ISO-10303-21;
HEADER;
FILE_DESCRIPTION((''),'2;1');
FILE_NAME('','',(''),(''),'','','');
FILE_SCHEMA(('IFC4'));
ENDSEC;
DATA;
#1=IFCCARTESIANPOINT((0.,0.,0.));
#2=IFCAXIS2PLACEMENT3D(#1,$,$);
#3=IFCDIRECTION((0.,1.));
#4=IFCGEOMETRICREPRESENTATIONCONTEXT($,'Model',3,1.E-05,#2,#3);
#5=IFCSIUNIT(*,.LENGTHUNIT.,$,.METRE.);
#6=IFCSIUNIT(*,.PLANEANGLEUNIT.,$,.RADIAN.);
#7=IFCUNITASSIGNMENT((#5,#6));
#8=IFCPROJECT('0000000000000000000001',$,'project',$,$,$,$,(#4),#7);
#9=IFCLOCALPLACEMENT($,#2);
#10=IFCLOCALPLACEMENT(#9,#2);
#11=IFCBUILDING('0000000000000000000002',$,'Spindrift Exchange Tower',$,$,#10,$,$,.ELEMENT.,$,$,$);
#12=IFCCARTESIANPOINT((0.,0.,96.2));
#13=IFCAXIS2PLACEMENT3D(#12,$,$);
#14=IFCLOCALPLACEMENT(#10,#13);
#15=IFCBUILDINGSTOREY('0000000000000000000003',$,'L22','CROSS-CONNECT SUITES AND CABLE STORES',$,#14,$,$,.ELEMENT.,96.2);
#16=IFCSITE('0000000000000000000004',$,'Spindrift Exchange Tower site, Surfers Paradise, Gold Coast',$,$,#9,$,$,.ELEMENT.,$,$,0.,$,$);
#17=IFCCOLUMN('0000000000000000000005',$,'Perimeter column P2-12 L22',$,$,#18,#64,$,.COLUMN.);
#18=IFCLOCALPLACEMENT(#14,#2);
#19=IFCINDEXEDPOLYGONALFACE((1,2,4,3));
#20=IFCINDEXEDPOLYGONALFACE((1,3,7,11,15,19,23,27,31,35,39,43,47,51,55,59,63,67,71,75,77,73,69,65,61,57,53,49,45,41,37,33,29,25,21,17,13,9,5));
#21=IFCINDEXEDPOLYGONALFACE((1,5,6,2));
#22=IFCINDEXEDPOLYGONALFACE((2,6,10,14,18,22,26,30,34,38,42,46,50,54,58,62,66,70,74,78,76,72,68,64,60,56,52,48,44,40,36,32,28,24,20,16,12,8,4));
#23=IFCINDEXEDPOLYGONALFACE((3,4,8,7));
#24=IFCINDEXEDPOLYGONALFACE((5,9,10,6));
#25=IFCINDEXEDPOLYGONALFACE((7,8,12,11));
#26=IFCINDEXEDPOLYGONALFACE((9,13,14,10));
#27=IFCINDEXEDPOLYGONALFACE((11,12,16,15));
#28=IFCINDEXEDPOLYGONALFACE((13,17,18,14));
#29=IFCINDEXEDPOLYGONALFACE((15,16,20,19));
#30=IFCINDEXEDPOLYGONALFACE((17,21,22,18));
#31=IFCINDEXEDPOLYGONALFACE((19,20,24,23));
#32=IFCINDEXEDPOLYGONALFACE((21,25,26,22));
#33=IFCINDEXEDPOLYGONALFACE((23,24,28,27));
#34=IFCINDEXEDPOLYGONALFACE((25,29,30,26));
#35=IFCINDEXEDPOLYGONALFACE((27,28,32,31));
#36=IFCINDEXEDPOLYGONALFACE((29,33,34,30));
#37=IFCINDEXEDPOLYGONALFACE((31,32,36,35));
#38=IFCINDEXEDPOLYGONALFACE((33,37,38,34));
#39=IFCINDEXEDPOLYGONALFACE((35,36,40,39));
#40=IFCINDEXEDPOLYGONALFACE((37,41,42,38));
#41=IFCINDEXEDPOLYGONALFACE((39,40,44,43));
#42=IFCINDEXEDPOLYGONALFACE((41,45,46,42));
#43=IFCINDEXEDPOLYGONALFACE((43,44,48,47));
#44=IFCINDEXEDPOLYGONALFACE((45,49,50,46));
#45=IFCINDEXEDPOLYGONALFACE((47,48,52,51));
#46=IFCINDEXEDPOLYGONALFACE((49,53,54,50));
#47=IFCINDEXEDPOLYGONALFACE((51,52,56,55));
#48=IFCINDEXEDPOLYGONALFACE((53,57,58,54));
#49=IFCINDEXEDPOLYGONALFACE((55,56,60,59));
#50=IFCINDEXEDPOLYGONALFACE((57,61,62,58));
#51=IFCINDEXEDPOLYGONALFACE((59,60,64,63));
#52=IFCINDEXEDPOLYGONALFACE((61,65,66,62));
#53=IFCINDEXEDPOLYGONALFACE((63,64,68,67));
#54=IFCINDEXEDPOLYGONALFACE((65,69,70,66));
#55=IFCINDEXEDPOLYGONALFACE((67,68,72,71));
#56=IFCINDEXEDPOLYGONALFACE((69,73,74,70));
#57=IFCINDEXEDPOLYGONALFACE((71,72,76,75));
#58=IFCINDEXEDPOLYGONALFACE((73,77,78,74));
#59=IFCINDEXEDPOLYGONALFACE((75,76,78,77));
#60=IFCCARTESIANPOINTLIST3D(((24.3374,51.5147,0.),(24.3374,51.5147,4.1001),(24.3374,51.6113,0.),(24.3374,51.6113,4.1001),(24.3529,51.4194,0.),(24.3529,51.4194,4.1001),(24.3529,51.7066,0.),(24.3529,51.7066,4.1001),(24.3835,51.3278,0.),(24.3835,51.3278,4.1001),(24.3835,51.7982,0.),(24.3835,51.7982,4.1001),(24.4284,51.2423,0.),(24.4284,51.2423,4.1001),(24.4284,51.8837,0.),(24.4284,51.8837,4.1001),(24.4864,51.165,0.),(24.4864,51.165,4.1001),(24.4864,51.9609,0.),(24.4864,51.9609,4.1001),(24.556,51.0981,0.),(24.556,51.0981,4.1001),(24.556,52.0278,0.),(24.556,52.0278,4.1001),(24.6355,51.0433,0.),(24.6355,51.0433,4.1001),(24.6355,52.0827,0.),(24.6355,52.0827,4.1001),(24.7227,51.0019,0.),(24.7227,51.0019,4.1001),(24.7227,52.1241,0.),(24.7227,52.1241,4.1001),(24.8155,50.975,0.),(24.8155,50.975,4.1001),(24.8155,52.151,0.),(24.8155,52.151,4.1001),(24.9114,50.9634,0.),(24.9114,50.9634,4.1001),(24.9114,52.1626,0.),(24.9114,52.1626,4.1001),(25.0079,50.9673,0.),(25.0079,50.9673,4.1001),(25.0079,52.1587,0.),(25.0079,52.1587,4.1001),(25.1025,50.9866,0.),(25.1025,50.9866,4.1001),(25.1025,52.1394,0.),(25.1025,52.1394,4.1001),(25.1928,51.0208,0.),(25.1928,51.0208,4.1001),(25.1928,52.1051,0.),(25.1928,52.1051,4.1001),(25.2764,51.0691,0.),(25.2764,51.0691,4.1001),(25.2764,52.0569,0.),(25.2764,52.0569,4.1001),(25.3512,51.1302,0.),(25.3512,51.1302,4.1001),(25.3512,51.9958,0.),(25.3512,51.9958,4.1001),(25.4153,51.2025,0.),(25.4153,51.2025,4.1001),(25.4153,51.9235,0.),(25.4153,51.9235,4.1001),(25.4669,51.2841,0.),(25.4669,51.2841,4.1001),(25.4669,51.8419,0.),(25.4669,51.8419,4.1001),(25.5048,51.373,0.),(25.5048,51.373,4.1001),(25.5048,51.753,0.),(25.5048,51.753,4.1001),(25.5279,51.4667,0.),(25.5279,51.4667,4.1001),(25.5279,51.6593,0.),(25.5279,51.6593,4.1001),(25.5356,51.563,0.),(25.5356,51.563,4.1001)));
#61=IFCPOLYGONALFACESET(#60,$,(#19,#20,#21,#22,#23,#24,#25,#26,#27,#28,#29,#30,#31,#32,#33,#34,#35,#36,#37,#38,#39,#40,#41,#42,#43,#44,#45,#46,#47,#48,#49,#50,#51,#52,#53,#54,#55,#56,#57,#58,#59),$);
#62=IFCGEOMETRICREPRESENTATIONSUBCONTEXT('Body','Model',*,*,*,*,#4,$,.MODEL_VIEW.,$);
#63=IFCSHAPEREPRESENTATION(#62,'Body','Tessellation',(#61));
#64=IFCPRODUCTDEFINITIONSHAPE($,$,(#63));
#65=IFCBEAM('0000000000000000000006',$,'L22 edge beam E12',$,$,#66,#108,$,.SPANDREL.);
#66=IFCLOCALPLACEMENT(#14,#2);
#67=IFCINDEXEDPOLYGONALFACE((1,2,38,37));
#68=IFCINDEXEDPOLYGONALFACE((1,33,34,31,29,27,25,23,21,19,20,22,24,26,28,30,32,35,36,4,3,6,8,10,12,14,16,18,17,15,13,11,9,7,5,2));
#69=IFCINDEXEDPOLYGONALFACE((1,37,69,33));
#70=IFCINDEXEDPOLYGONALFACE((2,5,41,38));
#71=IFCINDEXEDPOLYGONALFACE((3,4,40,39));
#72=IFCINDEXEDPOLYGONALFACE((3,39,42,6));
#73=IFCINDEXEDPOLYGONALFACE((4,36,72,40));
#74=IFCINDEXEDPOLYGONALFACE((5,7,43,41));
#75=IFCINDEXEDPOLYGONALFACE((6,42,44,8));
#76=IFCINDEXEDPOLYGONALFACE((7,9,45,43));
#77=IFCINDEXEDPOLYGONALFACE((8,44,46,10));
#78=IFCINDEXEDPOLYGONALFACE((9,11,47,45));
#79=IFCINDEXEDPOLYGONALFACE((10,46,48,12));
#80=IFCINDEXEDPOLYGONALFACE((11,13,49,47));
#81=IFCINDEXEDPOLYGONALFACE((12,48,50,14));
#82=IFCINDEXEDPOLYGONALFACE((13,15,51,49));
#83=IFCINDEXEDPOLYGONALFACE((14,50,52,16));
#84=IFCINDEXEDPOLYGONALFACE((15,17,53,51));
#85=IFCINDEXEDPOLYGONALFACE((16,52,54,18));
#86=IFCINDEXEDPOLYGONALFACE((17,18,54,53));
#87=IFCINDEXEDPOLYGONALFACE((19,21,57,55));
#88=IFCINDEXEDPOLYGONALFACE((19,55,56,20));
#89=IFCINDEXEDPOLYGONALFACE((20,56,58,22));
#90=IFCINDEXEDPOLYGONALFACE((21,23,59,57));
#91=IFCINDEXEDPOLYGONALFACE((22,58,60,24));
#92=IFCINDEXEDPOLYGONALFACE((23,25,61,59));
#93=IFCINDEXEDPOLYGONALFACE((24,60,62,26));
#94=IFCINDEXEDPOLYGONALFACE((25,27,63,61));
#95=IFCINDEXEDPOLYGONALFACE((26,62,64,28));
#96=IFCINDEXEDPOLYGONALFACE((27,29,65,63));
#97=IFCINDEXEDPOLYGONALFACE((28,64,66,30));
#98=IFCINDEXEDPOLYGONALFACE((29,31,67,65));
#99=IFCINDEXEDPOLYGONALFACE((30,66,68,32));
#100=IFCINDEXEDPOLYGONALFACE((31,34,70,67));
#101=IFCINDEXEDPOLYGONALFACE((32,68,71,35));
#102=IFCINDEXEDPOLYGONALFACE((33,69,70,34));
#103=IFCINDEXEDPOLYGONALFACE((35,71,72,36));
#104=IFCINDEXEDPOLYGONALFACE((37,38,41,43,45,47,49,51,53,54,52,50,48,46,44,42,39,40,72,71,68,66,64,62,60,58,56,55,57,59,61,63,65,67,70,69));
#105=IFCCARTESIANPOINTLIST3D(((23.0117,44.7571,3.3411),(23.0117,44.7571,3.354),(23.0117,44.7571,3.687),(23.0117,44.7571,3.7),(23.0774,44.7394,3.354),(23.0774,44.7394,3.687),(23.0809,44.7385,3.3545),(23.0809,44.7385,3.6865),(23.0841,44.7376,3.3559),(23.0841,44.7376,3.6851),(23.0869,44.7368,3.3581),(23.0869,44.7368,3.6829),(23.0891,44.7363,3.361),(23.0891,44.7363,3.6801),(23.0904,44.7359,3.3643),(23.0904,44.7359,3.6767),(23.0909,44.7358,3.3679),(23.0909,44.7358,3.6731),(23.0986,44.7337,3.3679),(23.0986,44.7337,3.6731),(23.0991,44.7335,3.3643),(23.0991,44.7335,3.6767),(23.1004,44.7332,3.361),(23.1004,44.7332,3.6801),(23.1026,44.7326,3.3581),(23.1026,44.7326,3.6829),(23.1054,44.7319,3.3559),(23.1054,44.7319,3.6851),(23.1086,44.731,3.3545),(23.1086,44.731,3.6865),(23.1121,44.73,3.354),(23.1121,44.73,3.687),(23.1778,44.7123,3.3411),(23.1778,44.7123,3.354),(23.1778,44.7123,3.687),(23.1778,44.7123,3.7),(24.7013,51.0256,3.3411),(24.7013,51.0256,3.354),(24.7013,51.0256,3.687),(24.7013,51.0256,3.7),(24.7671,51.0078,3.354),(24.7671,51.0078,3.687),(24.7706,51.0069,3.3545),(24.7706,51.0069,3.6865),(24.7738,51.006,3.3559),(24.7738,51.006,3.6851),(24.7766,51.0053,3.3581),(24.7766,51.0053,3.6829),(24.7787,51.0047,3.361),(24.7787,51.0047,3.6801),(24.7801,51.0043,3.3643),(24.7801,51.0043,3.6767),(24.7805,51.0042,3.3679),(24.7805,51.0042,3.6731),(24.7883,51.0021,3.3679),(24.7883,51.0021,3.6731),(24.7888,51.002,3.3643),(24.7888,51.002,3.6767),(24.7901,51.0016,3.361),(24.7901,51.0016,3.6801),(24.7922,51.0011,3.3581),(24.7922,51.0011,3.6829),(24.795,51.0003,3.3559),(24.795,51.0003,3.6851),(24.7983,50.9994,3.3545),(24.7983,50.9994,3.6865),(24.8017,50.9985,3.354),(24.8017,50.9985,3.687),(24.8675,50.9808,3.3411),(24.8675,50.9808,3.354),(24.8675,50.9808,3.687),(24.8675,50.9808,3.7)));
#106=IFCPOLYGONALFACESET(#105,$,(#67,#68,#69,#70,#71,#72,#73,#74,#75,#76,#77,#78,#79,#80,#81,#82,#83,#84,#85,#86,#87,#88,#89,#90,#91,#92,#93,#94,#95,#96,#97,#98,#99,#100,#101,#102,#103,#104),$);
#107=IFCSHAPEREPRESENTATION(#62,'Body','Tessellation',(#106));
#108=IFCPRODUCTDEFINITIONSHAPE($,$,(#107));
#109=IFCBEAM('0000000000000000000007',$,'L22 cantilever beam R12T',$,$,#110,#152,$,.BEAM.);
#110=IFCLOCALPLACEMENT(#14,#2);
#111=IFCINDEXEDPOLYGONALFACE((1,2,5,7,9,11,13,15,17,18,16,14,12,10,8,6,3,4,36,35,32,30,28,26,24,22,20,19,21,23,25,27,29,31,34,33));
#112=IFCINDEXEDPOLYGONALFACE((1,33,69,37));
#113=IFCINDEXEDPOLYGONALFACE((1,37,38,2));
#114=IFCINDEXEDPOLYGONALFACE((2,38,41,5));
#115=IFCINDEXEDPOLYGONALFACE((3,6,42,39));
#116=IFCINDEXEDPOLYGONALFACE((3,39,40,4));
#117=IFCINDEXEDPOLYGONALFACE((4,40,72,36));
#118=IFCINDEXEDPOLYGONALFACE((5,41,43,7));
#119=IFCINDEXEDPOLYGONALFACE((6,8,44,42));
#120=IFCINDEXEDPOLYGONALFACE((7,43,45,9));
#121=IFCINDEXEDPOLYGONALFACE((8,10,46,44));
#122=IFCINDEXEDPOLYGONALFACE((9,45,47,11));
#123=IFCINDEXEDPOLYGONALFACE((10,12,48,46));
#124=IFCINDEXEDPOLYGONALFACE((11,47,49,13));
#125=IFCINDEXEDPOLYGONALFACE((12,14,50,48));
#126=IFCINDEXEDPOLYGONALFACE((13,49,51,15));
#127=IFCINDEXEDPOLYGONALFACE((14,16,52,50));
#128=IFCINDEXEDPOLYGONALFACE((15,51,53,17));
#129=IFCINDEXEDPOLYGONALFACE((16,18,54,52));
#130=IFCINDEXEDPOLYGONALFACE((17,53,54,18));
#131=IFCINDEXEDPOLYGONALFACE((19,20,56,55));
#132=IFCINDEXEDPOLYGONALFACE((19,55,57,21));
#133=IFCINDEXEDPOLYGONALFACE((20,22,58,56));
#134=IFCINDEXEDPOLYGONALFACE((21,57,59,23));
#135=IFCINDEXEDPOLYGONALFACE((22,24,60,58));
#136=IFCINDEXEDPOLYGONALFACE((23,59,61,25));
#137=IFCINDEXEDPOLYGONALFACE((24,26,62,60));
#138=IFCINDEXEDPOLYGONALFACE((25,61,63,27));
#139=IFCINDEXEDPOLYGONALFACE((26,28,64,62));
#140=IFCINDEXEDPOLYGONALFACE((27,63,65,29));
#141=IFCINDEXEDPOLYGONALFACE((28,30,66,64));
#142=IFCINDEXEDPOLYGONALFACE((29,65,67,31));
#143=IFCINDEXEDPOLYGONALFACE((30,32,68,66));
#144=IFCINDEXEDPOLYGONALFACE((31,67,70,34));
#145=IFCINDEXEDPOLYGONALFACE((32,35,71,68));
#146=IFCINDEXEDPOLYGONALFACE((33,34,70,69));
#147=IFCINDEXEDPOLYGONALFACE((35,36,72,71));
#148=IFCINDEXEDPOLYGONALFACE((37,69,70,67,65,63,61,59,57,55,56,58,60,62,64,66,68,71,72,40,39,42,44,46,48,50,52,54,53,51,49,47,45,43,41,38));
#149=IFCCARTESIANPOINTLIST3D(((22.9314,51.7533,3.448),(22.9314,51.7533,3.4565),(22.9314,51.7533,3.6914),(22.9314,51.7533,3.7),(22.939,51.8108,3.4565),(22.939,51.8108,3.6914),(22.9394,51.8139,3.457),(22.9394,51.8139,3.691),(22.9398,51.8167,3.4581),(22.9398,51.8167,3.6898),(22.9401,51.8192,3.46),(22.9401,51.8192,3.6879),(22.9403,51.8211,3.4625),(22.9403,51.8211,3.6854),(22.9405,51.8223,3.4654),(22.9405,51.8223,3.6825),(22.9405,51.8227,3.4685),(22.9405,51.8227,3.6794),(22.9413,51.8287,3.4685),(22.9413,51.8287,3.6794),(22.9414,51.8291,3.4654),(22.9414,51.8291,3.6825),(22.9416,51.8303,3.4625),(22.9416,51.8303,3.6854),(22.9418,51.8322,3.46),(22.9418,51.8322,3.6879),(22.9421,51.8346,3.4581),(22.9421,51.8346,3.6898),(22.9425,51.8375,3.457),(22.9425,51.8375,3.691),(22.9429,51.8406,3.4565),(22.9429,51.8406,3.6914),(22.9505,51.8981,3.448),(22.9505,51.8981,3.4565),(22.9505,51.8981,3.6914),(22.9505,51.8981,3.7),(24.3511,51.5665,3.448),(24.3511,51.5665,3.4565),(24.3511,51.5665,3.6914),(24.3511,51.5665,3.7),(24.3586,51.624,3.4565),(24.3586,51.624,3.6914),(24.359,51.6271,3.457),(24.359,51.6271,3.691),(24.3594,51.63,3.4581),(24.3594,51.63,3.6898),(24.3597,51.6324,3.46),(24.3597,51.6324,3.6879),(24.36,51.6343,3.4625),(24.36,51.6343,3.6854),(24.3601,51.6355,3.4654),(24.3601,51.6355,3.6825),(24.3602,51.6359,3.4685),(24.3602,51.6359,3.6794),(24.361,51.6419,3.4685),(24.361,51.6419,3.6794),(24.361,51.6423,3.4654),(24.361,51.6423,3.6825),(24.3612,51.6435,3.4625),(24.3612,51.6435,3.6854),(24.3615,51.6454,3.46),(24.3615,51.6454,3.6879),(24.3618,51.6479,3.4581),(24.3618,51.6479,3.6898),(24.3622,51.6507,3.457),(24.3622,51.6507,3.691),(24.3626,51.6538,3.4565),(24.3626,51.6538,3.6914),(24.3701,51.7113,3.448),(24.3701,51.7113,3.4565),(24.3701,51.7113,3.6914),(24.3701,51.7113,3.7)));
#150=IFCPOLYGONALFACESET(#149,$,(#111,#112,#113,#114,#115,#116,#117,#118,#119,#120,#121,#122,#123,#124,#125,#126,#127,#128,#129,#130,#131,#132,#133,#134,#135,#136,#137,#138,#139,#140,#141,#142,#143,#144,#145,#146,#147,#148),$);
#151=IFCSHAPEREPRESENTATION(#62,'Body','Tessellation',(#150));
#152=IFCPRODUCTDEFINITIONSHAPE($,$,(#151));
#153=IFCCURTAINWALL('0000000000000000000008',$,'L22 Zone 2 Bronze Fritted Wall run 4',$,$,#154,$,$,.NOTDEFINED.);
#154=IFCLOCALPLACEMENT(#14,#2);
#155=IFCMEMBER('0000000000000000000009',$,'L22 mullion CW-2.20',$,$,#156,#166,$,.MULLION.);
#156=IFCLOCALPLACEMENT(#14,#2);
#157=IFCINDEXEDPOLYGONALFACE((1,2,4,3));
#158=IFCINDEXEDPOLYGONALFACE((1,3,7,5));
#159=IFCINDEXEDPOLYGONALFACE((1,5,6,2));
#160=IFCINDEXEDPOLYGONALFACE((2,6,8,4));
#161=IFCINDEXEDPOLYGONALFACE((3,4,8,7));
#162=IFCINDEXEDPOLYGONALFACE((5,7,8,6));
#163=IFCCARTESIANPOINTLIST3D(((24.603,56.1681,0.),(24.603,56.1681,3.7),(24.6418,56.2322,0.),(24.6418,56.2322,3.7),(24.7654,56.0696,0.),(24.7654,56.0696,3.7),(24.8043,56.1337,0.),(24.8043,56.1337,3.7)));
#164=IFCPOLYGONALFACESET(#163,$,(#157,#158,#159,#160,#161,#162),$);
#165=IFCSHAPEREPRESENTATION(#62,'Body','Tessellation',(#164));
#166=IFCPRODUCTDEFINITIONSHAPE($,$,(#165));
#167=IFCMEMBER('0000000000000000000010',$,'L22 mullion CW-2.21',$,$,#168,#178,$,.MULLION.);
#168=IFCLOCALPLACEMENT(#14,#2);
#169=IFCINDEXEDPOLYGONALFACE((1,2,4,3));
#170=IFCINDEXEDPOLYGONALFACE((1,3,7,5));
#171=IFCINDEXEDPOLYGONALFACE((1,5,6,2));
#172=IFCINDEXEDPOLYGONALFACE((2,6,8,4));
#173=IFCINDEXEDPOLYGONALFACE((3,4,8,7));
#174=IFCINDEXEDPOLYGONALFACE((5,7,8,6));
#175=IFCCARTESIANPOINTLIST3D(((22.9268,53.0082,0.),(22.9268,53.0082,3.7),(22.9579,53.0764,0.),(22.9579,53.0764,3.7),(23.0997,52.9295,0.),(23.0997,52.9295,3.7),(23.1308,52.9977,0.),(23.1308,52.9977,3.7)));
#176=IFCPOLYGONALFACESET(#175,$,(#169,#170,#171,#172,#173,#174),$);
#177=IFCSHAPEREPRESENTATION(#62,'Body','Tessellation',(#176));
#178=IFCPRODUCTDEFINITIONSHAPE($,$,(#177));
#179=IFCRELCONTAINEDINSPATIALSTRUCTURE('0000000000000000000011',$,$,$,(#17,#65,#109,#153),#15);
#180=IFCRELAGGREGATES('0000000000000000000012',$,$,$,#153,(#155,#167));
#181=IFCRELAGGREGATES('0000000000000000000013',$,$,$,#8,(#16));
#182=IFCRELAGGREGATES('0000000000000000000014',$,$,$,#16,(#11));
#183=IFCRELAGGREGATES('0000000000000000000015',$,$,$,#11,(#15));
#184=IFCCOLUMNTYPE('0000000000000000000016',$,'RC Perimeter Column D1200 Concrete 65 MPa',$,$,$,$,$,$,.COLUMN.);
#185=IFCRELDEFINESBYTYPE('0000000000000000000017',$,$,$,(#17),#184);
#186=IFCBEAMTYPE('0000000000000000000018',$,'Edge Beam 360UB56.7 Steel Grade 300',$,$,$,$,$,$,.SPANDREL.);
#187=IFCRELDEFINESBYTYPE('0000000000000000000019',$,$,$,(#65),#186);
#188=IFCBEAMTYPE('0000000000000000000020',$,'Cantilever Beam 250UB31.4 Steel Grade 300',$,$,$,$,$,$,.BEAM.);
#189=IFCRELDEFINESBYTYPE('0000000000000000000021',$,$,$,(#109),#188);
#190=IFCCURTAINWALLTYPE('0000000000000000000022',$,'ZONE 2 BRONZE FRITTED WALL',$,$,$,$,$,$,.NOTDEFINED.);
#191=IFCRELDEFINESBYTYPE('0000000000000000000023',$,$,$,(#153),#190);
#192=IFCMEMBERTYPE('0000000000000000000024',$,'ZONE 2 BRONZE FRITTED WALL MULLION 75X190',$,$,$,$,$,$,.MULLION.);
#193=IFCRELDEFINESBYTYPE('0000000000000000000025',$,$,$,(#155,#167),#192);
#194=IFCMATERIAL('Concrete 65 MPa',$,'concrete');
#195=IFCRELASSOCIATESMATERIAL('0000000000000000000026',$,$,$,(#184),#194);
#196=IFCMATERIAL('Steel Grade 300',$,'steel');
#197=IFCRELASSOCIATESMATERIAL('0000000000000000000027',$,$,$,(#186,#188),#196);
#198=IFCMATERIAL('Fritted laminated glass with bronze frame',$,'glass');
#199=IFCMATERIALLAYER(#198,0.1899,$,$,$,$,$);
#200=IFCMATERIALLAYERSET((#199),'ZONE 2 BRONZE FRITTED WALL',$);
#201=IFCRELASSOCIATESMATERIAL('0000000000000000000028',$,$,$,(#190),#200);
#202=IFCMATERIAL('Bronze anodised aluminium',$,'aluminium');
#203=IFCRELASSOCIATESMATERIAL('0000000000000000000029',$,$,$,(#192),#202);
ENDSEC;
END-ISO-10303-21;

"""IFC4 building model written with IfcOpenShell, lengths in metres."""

from ifc_helpers import new_model, si_unit, direction, frame, origin, origin_2d, place, context, subcontext, project, spatial, rectangle, circle, i_section, extrude, source, transform, mapped, material, layer, layer_set, material_profile, profile_set, type_object, element, aggregate, save


model = new_model("IFC4")

# Units and contexts
model_context = context("Model", 3, precision=1e-05, world=origin(), true_north=direction((0.0, 1.0)))
body_context = subcontext(model_context, "Body", "Model", "MODEL_VIEW")
ifc_project = project(units=[si_unit("LENGTHUNIT", "METRE"), si_unit("PLANEANGLEUNIT", "RADIAN")], contexts=[model_context])

# Site, building, storey
site_placement = place(None, origin())
site = spatial("IfcSite", under=ifc_project, at=site_placement, Name="Spindrift Exchange Tower site, Surfers Paradise, Gold Coast", CompositionType="ELEMENT", RefElevation=0.0)
building_placement = place(site_placement, origin())
building = spatial("IfcBuilding", under=site, at=building_placement, Name="Spindrift Exchange Tower", CompositionType="ELEMENT")
storey_placement = place(building_placement, frame((0.0, 0.0, 96.2)))
storey = spatial("IfcBuildingStorey", under=building, at=storey_placement, Name="L22", Description="CROSS-CONNECT SUITES AND CABLE STORES", CompositionType="ELEMENT", Elevation=96.2)

# Column
ifc_material_1 = material(Name="Concrete 65 MPa", Category="concrete")
ifc_material_profile_1 = material_profile(ifc_material_1, circle(Radius=0.6001, at=origin_2d()), Name="RC D1200")
ifc_profile_set_1 = profile_set([ifc_material_profile_1], Name="Concrete 65 MPa")
column_type = type_object("IfcColumnType", Name="RC Perimeter Column D1200 Concrete 65 MPa", PredefinedType="COLUMN", material=ifc_profile_set_1)
shared_shape_1 = source(origin(), body_context, "Body", "SweptSolid", [
    extrude(circle(Radius=0.6001, at=origin_2d()), origin(), (0.0, 0.0, 1.0), 4.1001),
])
column_placement = place(storey_placement, frame((24.9355, 51.563, 0.0), z_axis=(0.0, 0.0, 1.0), x_axis=(1.0, 0.0, 0.0)))
element("IfcColumn", 1, at=column_placement, inside=storey, type_object=column_type, Name="Perimeter column P2-12 L22", PredefinedType="COLUMN", context=body_context, shape_type="MappedRepresentation", body=[
    mapped(shared_shape_1, transform((0.0, 0.0, 0.0), scale=1.0)),
])

# Beams
ifc_material_2 = material(Name="Steel Grade 300", Category="steel")
ifc_material_profile_2 = material_profile(ifc_material_2, i_section(OverallWidth=0.1721, OverallDepth=0.3589, WebThickness=0.0081, FlangeThickness=0.0129, FilletRadius=0.0139, at=origin_2d()), Name="360UB56.7")
ifc_profile_set_2 = profile_set([ifc_material_profile_2], Name="Steel Grade 300")
beam_type_1 = type_object("IfcBeamType", Name="Edge Beam 360UB56.7 Steel Grade 300", PredefinedType="SPANDREL", material=ifc_profile_set_2)
shared_shape_2 = source(origin(), body_context, "Body", "SweptSolid", [
    extrude(i_section(OverallWidth=0.1721, OverallDepth=0.3589, WebThickness=0.0081, FlangeThickness=0.0129, FilletRadius=0.0139, at=origin_2d()), origin(), (0.0, 0.0, 1.0), 6.4922),
])
beam_1_placement = place(storey_placement, frame((24.7844, 51.0032, 3.5205), z_axis=(-0.260262, -0.965538, 0.0), x_axis=(0.965538, -0.260262, 0.0)))
element("IfcBeam", 2, at=beam_1_placement, inside=storey, type_object=beam_type_1, Name="L22 edge beam E12", PredefinedType="SPANDREL", context=body_context, shape_type="MappedRepresentation", body=[
    mapped(shared_shape_2, transform((0.0, 0.0, 0.0), scale=1.0)),
])
ifc_material_profile_3 = material_profile(ifc_material_2, i_section(OverallWidth=0.146, OverallDepth=0.252, WebThickness=0.0061, FlangeThickness=0.0085, FilletRadius=0.012, at=origin_2d()), Name="250UB31.4")
ifc_profile_set_3 = profile_set([ifc_material_profile_3], Name="Steel Grade 300")
beam_type_2 = type_object("IfcBeamType", Name="Cantilever Beam 250UB31.4 Steel Grade 300", PredefinedType="BEAM", material=ifc_profile_set_3)
shared_shape_3 = source(origin(), body_context, "Body", "SweptSolid", [
    extrude(i_section(OverallWidth=0.146, OverallDepth=0.252, WebThickness=0.0061, FlangeThickness=0.0085, FilletRadius=0.012, at=origin_2d()), origin(), (0.0, 0.0, 1.0), 1.4319),
])
beam_2_placement = place(storey_placement, frame((24.3606, 51.6389, 3.574), z_axis=(-0.991457, 0.130432, 0.0), x_axis=(-0.130432, -0.991457, 0.0)))
element("IfcBeam", 3, at=beam_2_placement, inside=storey, type_object=beam_type_2, Name="L22 cantilever beam R12T", PredefinedType="BEAM", context=body_context, shape_type="MappedRepresentation", body=[
    mapped(shared_shape_3, transform((0.0, 0.0, 0.0), scale=1.0)),
])

# Curtain wall, members
ifc_material_3 = material(Name="Fritted laminated glass with bronze frame", Category="glass")
ifc_layer_1 = layer(ifc_material_3, 0.1899)
ifc_layer_set_1 = layer_set([ifc_layer_1], Name="ZONE 2 BRONZE FRITTED WALL")
curtain_wall_type = type_object("IfcCurtainWallType", Name="ZONE 2 BRONZE FRITTED WALL", PredefinedType="NOTDEFINED", material=ifc_layer_set_1)
curtain_wall_placement = place(storey_placement, origin())
curtain_wall = element("IfcCurtainWall", 4, at=curtain_wall_placement, inside=storey, type_object=curtain_wall_type, Name="L22 Zone 2 Bronze Fritted Wall run 4", PredefinedType="NOTDEFINED")
ifc_material_4 = material(Name="Bronze anodised aluminium", Category="aluminium")
ifc_material_profile_4 = material_profile(ifc_material_4, rectangle(XDim=0.075, YDim=0.1899, at=origin_2d()), Name="ZONE 2 BRONZE FRITTED WALL MULLION 75X190")
ifc_profile_set_4 = profile_set([ifc_material_profile_4], Name="Bronze anodised aluminium")
member_type_1 = type_object("IfcMemberType", Name="ZONE 2 BRONZE FRITTED WALL MULLION 75X190", PredefinedType="MULLION", material=ifc_profile_set_4)
shared_shape_4 = source(origin(), body_context, "Body", "SweptSolid", [
    extrude(rectangle(XDim=0.075, YDim=0.1899, at=origin_2d()), origin(), (0.0, 0.0, 1.0), 3.7),
])
member_1_placement = place(storey_placement, frame((24.7036, 56.1509, 0.0), z_axis=(0.0, 0.0, 1.0), x_axis=(-0.518293, -0.855203, 0.0)))
member_1 = element("IfcMember", 5, at=member_1_placement, type_object=member_type_1, Name="L22 mullion CW-2.20", PredefinedType="MULLION", context=body_context, shape_type="MappedRepresentation", body=[
    mapped(shared_shape_4, transform((0.0, 0.0, 0.0), scale=1.0)),
])
member_2_placement = place(storey_placement, frame((23.0288, 53.0029, 0.0), z_axis=(0.0, 0.0, 1.0), x_axis=(-0.414608, -0.91, 0.0)))
member_2 = element("IfcMember", 6, at=member_2_placement, type_object=member_type_1, Name="L22 mullion CW-2.21", PredefinedType="MULLION", context=body_context, shape_type="MappedRepresentation", body=[
    mapped(shared_shape_4, transform((0.0, 0.0, 0.0), scale=1.0)),
])
aggregate(curtain_wall, [member_1, member_2])

save(model, "model.ifc")
